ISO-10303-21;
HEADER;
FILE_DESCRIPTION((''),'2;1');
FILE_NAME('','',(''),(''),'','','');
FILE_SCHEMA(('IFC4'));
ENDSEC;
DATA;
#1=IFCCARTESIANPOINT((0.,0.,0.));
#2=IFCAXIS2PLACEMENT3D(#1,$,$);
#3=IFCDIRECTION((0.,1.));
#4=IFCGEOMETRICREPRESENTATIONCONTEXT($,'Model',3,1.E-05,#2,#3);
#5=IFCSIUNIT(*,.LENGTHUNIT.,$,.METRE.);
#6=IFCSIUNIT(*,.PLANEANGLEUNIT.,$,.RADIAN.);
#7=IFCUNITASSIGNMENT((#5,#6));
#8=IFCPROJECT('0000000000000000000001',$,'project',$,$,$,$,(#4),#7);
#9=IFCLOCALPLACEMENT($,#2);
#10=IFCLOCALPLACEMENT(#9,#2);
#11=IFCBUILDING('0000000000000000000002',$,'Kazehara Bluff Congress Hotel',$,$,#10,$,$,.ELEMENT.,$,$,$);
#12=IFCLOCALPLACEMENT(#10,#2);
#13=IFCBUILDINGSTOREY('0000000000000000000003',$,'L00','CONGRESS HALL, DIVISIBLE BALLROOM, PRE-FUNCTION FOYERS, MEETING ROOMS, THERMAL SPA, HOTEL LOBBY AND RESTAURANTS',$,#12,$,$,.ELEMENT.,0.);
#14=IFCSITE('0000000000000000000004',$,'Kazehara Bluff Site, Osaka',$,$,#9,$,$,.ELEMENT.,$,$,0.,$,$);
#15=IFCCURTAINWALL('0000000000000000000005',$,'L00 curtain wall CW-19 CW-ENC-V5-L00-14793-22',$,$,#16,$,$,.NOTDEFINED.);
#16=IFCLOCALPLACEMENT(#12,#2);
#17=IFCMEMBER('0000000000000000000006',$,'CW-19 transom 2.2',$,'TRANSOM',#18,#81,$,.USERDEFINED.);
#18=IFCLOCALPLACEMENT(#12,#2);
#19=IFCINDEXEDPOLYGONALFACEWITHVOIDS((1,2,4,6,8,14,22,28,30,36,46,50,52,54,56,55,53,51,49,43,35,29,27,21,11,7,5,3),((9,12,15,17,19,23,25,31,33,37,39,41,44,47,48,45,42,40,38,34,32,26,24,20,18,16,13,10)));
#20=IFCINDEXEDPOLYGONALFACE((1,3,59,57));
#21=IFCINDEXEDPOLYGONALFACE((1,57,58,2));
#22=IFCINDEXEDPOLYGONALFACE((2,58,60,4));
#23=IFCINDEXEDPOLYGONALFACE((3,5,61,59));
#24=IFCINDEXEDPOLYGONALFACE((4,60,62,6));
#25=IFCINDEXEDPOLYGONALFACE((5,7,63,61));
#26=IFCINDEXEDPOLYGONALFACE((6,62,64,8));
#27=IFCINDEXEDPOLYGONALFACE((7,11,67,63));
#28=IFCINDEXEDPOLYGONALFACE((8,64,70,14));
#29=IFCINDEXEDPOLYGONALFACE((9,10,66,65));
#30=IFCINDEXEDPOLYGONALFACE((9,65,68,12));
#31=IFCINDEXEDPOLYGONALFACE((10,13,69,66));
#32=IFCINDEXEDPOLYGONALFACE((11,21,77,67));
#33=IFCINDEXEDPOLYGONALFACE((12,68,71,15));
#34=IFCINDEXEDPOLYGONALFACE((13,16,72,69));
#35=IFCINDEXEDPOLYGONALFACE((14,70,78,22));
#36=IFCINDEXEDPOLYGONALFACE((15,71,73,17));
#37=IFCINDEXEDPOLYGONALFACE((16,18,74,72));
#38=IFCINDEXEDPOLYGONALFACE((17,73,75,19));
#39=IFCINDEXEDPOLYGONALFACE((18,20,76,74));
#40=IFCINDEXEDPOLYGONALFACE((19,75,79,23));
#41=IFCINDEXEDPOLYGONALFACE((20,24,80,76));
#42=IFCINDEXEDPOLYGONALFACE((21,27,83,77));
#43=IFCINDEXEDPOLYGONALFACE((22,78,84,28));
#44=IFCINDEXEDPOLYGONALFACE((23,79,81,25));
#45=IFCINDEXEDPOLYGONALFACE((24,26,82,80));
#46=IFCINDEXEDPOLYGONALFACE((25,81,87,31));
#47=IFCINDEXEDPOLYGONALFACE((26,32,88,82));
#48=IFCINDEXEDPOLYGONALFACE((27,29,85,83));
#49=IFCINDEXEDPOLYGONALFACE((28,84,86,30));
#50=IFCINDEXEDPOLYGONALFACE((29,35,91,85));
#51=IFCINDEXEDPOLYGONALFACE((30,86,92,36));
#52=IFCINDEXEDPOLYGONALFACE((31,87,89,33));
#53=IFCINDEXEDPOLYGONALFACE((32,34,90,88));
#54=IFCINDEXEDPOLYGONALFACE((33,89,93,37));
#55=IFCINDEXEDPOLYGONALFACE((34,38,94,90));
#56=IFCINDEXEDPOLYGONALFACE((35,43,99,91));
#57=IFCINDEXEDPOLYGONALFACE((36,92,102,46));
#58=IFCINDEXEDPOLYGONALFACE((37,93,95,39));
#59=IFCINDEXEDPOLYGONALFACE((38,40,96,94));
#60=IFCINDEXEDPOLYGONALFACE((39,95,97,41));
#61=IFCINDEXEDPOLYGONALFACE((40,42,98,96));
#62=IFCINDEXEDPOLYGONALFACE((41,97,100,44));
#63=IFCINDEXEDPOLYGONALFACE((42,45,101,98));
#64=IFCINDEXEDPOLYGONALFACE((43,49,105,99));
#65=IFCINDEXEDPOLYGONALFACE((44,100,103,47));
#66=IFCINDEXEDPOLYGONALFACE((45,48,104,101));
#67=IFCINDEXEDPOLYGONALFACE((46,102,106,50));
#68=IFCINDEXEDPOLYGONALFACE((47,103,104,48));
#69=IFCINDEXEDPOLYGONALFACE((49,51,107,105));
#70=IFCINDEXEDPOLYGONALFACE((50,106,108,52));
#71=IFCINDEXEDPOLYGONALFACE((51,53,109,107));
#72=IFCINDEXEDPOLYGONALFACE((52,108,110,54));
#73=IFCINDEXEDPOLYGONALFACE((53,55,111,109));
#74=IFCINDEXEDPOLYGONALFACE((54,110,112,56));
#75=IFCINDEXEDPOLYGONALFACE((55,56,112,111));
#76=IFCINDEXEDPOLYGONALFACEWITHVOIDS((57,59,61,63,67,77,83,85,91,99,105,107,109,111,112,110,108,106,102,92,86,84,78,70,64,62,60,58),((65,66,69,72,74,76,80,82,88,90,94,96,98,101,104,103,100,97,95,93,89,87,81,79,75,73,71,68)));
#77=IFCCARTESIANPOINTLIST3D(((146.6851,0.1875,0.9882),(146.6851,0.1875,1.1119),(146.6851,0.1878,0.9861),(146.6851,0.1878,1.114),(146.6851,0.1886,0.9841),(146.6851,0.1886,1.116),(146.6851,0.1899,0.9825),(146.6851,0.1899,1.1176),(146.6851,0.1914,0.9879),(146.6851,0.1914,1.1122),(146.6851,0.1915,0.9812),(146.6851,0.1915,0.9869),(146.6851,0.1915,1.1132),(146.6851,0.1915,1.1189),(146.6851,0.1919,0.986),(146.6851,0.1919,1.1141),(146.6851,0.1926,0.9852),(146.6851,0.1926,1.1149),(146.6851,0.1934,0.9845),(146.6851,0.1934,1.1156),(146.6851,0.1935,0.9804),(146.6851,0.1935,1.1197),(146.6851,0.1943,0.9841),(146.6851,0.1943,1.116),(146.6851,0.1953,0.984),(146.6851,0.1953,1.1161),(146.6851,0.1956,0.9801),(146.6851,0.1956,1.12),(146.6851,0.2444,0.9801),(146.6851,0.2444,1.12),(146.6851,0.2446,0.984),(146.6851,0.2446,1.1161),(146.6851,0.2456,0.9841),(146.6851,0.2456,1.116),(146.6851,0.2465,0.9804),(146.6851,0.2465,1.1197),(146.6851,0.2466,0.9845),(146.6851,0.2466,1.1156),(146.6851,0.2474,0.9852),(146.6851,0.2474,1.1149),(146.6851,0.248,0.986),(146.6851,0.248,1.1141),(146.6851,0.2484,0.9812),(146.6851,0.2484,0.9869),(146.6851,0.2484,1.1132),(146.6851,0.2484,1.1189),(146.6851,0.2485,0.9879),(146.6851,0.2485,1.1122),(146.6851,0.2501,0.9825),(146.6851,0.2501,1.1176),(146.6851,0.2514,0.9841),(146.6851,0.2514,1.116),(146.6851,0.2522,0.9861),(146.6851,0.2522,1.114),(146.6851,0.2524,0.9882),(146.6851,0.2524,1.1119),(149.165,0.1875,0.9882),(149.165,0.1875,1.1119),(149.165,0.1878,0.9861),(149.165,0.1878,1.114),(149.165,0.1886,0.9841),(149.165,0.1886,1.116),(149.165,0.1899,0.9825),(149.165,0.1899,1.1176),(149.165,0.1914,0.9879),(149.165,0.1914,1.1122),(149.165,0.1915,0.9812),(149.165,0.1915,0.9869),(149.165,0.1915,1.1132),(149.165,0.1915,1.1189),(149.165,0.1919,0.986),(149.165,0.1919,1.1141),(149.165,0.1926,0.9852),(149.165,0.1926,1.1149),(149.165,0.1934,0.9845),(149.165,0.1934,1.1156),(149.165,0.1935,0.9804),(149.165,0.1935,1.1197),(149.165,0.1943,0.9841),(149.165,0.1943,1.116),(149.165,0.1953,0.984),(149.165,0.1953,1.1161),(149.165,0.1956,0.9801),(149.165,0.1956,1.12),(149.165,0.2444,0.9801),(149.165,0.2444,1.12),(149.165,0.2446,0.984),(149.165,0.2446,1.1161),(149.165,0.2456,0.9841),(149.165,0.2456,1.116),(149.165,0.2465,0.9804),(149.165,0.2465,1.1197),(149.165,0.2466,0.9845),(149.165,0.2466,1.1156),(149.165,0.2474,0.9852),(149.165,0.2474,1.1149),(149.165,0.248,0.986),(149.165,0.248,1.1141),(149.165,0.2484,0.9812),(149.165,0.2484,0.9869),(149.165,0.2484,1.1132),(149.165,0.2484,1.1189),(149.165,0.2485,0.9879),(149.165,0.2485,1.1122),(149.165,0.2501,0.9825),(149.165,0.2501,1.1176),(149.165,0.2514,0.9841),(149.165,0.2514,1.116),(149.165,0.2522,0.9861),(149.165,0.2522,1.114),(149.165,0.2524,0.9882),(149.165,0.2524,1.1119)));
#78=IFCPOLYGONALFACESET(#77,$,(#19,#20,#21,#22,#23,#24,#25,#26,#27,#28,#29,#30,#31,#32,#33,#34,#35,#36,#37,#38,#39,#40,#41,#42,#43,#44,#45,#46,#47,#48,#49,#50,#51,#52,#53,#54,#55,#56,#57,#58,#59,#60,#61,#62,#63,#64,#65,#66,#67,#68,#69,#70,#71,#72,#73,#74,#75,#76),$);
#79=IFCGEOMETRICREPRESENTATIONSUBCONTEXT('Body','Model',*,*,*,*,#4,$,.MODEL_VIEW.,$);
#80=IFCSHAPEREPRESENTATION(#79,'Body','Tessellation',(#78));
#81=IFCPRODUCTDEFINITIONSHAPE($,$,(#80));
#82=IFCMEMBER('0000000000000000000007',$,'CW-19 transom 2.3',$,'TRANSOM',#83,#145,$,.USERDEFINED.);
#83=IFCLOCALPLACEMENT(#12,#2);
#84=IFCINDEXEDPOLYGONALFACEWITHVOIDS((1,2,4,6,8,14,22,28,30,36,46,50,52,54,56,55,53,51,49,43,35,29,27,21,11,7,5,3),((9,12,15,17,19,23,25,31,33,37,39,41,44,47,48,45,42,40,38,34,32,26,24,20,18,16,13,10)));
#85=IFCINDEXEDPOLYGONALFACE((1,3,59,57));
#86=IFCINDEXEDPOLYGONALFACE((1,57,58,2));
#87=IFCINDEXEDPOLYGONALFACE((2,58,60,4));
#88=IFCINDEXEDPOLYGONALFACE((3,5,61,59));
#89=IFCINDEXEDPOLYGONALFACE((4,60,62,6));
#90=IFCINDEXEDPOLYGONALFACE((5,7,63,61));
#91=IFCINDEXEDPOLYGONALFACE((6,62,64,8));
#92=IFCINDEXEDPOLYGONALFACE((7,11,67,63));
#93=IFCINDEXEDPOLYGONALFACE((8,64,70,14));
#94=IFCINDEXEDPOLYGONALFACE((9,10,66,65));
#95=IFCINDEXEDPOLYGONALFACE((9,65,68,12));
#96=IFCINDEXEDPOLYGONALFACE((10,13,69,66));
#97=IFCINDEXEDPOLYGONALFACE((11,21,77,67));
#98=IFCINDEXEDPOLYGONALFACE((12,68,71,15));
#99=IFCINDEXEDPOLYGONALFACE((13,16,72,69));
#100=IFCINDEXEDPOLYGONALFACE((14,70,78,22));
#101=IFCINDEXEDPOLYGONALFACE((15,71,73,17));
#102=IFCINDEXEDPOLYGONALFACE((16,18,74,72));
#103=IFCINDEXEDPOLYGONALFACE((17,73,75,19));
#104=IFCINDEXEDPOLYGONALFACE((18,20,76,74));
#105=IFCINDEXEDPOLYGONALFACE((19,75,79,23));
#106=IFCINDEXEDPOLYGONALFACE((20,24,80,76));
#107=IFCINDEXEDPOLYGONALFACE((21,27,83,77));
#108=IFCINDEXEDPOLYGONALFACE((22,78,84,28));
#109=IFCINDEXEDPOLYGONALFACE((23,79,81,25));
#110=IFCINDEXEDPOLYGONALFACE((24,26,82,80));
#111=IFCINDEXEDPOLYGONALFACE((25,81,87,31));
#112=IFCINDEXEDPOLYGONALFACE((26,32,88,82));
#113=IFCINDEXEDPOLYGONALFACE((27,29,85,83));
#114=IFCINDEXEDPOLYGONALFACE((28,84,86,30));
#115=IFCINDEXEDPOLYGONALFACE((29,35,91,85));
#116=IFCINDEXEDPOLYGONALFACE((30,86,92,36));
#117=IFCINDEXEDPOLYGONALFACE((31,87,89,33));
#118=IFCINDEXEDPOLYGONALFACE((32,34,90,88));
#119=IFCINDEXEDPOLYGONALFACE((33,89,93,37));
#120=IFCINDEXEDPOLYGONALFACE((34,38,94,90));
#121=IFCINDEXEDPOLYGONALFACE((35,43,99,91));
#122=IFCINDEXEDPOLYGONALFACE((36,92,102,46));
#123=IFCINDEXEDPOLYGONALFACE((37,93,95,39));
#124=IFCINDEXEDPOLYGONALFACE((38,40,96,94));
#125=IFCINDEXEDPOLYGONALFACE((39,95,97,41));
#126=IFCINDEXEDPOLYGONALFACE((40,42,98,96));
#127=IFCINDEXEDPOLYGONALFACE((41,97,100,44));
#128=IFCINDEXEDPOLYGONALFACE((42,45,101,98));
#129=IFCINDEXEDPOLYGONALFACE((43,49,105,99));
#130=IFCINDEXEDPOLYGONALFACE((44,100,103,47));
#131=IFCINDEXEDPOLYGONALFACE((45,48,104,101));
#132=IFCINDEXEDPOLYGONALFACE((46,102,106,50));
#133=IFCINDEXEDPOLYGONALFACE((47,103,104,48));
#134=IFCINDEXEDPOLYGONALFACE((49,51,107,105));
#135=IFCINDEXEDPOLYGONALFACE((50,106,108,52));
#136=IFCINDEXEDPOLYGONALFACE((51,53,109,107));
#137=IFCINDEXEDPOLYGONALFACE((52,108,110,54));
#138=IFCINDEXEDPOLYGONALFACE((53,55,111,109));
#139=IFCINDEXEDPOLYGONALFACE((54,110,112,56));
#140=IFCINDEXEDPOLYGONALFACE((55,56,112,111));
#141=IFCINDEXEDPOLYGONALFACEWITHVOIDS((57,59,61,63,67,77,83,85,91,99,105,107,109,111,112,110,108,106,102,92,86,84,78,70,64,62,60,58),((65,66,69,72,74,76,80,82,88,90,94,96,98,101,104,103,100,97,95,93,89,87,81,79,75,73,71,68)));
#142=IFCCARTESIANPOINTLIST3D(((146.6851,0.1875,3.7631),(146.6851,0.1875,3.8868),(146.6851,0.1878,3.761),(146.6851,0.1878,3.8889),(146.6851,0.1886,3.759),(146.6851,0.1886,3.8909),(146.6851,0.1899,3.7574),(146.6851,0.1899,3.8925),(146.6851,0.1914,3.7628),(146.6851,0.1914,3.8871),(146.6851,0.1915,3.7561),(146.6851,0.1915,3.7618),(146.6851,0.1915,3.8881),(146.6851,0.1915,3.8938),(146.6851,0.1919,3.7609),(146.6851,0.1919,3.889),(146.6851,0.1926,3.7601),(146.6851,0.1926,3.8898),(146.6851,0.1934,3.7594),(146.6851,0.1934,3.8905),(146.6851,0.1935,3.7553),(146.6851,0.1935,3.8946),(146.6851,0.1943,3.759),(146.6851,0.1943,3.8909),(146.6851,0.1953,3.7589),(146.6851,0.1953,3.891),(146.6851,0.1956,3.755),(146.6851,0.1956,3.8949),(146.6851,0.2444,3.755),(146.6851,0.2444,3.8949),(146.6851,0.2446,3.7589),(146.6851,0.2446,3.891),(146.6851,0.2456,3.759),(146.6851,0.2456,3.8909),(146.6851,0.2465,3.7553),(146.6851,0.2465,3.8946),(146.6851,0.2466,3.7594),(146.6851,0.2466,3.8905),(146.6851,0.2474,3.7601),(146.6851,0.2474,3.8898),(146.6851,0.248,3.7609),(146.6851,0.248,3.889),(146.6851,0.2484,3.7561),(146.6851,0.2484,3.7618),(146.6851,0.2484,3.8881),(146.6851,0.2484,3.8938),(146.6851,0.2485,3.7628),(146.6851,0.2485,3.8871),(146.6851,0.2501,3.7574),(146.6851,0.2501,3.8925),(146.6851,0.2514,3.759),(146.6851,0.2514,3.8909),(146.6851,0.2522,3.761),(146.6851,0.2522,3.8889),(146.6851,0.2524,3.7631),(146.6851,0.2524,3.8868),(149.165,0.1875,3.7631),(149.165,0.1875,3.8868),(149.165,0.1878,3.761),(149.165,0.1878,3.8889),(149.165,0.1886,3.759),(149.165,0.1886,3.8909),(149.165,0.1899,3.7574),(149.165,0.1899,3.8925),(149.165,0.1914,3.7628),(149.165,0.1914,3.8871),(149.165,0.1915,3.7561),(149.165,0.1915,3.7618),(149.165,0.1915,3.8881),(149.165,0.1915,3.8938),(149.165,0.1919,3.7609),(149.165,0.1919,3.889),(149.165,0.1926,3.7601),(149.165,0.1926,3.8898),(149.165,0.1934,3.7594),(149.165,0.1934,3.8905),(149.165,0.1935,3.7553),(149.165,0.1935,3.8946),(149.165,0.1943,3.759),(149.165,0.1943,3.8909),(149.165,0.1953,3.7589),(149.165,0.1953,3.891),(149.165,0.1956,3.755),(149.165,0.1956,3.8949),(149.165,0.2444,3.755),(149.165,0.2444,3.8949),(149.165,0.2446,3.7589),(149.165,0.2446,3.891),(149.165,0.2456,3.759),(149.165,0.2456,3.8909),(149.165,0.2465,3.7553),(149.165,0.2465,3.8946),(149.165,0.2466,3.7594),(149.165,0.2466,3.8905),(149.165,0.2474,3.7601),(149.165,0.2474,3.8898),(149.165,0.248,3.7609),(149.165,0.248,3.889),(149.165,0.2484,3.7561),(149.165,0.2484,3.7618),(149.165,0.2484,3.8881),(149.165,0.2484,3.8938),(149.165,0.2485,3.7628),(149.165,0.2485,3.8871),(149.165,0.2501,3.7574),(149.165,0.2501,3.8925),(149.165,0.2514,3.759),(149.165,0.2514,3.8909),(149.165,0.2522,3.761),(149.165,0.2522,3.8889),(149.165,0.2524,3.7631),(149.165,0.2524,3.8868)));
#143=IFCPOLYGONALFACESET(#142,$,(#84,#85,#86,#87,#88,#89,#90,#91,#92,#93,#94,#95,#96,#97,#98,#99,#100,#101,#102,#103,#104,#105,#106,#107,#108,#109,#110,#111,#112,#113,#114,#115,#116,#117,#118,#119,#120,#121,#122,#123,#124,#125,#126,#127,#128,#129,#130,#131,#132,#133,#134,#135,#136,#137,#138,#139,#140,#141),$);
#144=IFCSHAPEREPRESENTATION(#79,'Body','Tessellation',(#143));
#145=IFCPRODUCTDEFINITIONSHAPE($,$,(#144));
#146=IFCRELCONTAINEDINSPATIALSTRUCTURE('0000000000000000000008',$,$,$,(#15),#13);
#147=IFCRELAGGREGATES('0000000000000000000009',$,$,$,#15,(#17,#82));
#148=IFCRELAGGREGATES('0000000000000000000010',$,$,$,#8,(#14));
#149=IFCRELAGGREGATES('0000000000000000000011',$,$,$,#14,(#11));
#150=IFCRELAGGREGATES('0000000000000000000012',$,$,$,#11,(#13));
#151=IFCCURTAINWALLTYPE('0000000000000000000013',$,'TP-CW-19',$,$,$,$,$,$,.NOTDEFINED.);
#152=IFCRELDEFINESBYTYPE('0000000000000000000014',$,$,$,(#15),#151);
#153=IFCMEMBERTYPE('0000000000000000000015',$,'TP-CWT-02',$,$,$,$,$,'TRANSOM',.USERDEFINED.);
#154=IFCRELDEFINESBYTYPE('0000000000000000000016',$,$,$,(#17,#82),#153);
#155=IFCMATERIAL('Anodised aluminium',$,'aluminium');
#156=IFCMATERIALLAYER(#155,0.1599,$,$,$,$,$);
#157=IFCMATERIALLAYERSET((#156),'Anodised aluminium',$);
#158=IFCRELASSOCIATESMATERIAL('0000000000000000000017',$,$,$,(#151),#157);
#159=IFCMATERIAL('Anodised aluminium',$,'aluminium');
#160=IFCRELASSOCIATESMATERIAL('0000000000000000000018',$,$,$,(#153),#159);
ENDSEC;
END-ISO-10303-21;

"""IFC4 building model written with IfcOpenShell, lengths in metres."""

from ifc_helpers import new_model, si_unit, direction, frame, origin, origin_2d, place, context, subcontext, project, spatial, hollow_rectangle, extrude, material, layer, layer_set, material_profile, profile_set, type_object, element, aggregate, save


model = new_model("IFC4")

# Units and contexts
model_context = context("Model", 3, precision=1e-05, world=origin(), true_north=direction((0.0, 1.0)))
body_context = subcontext(model_context, "Body", "Model", "MODEL_VIEW")
ifc_project = project(units=[si_unit("LENGTHUNIT", "METRE"), si_unit("PLANEANGLEUNIT", "RADIAN")], contexts=[model_context])

# Site, building, storey
site_placement = place(None, origin())
site = spatial("IfcSite", under=ifc_project, at=site_placement, Name="Kazehara Bluff Site, Osaka", CompositionType="ELEMENT", RefElevation=0.0)
building_placement = place(site_placement, origin())
building = spatial("IfcBuilding", under=site, at=building_placement, Name="Kazehara Bluff Congress Hotel", CompositionType="ELEMENT")
storey_placement = place(building_placement, origin())
storey = spatial("IfcBuildingStorey", under=building, at=storey_placement, Name="L00", Description="CONGRESS HALL, DIVISIBLE BALLROOM, PRE-FUNCTION FOYERS, MEETING ROOMS, THERMAL SPA, HOTEL LOBBY AND RESTAURANTS", CompositionType="ELEMENT", Elevation=0.0)

# Curtain wall, members
ifc_material_1 = material(Name="Anodised aluminium", Category="aluminium")
ifc_layer_1 = layer(ifc_material_1, 0.1599)
ifc_layer_set_1 = layer_set([ifc_layer_1], Name="Anodised aluminium")
curtain_wall_type = type_object("IfcCurtainWallType", Name="TP-CW-19", PredefinedType="NOTDEFINED", material=ifc_layer_set_1)
curtain_wall_placement = place(storey_placement, origin())
curtain_wall = element("IfcCurtainWall", 1, at=curtain_wall_placement, inside=storey, type_object=curtain_wall_type, Name="L00 curtain wall CW-19 CW-ENC-V5-L00-14793-22", PredefinedType="NOTDEFINED")
ifc_material_2 = material(Name="Anodised aluminium", Category="aluminium")
ifc_material_profile_1 = material_profile(ifc_material_2, hollow_rectangle(XDim=0.0649, YDim=0.1399, WallThickness=0.0039, InnerFilletRadius=0.0039, OuterFilletRadius=0.0081, at=origin_2d()))
ifc_profile_set_1 = profile_set([ifc_material_profile_1], Name="Anodised aluminium")
member_type_1 = type_object("IfcMemberType", Name="TP-CWT-02", ElementType="TRANSOM", PredefinedType="USERDEFINED", material=ifc_profile_set_1)
member_1_placement = place(storey_placement, frame((149.165, 0.22, 1.05), z_axis=(-1.0, 0.0, 0.0), x_axis=(0.0, -1.0, 0.0)))
member_1 = element("IfcMember", 2, at=member_1_placement, type_object=member_type_1, Name="CW-19 transom 2.2", ObjectType="TRANSOM", PredefinedType="USERDEFINED", context=body_context, shape_type="SweptSolid", body=[
    extrude(hollow_rectangle(XDim=0.0649, YDim=0.1399, WallThickness=0.0039, InnerFilletRadius=0.0039, OuterFilletRadius=0.0081, at=origin_2d()), origin(), (0.0, 0.0, 1.0), 2.48),
])
member_2_placement = place(storey_placement, frame((149.165, 0.22, 3.825), z_axis=(-1.0, 0.0, 0.0), x_axis=(0.0, -1.0, 0.0)))
member_2 = element("IfcMember", 3, at=member_2_placement, type_object=member_type_1, Name="CW-19 transom 2.3", ObjectType="TRANSOM", PredefinedType="USERDEFINED", context=body_context, shape_type="SweptSolid", body=[
    extrude(hollow_rectangle(XDim=0.0649, YDim=0.1399, WallThickness=0.0039, InnerFilletRadius=0.0039, OuterFilletRadius=0.0081, at=origin_2d()), origin(), (0.0, 0.0, 1.0), 2.48),
])

aggregate(curtain_wall, [member_1, member_2])

save(model, "model.ifc")
